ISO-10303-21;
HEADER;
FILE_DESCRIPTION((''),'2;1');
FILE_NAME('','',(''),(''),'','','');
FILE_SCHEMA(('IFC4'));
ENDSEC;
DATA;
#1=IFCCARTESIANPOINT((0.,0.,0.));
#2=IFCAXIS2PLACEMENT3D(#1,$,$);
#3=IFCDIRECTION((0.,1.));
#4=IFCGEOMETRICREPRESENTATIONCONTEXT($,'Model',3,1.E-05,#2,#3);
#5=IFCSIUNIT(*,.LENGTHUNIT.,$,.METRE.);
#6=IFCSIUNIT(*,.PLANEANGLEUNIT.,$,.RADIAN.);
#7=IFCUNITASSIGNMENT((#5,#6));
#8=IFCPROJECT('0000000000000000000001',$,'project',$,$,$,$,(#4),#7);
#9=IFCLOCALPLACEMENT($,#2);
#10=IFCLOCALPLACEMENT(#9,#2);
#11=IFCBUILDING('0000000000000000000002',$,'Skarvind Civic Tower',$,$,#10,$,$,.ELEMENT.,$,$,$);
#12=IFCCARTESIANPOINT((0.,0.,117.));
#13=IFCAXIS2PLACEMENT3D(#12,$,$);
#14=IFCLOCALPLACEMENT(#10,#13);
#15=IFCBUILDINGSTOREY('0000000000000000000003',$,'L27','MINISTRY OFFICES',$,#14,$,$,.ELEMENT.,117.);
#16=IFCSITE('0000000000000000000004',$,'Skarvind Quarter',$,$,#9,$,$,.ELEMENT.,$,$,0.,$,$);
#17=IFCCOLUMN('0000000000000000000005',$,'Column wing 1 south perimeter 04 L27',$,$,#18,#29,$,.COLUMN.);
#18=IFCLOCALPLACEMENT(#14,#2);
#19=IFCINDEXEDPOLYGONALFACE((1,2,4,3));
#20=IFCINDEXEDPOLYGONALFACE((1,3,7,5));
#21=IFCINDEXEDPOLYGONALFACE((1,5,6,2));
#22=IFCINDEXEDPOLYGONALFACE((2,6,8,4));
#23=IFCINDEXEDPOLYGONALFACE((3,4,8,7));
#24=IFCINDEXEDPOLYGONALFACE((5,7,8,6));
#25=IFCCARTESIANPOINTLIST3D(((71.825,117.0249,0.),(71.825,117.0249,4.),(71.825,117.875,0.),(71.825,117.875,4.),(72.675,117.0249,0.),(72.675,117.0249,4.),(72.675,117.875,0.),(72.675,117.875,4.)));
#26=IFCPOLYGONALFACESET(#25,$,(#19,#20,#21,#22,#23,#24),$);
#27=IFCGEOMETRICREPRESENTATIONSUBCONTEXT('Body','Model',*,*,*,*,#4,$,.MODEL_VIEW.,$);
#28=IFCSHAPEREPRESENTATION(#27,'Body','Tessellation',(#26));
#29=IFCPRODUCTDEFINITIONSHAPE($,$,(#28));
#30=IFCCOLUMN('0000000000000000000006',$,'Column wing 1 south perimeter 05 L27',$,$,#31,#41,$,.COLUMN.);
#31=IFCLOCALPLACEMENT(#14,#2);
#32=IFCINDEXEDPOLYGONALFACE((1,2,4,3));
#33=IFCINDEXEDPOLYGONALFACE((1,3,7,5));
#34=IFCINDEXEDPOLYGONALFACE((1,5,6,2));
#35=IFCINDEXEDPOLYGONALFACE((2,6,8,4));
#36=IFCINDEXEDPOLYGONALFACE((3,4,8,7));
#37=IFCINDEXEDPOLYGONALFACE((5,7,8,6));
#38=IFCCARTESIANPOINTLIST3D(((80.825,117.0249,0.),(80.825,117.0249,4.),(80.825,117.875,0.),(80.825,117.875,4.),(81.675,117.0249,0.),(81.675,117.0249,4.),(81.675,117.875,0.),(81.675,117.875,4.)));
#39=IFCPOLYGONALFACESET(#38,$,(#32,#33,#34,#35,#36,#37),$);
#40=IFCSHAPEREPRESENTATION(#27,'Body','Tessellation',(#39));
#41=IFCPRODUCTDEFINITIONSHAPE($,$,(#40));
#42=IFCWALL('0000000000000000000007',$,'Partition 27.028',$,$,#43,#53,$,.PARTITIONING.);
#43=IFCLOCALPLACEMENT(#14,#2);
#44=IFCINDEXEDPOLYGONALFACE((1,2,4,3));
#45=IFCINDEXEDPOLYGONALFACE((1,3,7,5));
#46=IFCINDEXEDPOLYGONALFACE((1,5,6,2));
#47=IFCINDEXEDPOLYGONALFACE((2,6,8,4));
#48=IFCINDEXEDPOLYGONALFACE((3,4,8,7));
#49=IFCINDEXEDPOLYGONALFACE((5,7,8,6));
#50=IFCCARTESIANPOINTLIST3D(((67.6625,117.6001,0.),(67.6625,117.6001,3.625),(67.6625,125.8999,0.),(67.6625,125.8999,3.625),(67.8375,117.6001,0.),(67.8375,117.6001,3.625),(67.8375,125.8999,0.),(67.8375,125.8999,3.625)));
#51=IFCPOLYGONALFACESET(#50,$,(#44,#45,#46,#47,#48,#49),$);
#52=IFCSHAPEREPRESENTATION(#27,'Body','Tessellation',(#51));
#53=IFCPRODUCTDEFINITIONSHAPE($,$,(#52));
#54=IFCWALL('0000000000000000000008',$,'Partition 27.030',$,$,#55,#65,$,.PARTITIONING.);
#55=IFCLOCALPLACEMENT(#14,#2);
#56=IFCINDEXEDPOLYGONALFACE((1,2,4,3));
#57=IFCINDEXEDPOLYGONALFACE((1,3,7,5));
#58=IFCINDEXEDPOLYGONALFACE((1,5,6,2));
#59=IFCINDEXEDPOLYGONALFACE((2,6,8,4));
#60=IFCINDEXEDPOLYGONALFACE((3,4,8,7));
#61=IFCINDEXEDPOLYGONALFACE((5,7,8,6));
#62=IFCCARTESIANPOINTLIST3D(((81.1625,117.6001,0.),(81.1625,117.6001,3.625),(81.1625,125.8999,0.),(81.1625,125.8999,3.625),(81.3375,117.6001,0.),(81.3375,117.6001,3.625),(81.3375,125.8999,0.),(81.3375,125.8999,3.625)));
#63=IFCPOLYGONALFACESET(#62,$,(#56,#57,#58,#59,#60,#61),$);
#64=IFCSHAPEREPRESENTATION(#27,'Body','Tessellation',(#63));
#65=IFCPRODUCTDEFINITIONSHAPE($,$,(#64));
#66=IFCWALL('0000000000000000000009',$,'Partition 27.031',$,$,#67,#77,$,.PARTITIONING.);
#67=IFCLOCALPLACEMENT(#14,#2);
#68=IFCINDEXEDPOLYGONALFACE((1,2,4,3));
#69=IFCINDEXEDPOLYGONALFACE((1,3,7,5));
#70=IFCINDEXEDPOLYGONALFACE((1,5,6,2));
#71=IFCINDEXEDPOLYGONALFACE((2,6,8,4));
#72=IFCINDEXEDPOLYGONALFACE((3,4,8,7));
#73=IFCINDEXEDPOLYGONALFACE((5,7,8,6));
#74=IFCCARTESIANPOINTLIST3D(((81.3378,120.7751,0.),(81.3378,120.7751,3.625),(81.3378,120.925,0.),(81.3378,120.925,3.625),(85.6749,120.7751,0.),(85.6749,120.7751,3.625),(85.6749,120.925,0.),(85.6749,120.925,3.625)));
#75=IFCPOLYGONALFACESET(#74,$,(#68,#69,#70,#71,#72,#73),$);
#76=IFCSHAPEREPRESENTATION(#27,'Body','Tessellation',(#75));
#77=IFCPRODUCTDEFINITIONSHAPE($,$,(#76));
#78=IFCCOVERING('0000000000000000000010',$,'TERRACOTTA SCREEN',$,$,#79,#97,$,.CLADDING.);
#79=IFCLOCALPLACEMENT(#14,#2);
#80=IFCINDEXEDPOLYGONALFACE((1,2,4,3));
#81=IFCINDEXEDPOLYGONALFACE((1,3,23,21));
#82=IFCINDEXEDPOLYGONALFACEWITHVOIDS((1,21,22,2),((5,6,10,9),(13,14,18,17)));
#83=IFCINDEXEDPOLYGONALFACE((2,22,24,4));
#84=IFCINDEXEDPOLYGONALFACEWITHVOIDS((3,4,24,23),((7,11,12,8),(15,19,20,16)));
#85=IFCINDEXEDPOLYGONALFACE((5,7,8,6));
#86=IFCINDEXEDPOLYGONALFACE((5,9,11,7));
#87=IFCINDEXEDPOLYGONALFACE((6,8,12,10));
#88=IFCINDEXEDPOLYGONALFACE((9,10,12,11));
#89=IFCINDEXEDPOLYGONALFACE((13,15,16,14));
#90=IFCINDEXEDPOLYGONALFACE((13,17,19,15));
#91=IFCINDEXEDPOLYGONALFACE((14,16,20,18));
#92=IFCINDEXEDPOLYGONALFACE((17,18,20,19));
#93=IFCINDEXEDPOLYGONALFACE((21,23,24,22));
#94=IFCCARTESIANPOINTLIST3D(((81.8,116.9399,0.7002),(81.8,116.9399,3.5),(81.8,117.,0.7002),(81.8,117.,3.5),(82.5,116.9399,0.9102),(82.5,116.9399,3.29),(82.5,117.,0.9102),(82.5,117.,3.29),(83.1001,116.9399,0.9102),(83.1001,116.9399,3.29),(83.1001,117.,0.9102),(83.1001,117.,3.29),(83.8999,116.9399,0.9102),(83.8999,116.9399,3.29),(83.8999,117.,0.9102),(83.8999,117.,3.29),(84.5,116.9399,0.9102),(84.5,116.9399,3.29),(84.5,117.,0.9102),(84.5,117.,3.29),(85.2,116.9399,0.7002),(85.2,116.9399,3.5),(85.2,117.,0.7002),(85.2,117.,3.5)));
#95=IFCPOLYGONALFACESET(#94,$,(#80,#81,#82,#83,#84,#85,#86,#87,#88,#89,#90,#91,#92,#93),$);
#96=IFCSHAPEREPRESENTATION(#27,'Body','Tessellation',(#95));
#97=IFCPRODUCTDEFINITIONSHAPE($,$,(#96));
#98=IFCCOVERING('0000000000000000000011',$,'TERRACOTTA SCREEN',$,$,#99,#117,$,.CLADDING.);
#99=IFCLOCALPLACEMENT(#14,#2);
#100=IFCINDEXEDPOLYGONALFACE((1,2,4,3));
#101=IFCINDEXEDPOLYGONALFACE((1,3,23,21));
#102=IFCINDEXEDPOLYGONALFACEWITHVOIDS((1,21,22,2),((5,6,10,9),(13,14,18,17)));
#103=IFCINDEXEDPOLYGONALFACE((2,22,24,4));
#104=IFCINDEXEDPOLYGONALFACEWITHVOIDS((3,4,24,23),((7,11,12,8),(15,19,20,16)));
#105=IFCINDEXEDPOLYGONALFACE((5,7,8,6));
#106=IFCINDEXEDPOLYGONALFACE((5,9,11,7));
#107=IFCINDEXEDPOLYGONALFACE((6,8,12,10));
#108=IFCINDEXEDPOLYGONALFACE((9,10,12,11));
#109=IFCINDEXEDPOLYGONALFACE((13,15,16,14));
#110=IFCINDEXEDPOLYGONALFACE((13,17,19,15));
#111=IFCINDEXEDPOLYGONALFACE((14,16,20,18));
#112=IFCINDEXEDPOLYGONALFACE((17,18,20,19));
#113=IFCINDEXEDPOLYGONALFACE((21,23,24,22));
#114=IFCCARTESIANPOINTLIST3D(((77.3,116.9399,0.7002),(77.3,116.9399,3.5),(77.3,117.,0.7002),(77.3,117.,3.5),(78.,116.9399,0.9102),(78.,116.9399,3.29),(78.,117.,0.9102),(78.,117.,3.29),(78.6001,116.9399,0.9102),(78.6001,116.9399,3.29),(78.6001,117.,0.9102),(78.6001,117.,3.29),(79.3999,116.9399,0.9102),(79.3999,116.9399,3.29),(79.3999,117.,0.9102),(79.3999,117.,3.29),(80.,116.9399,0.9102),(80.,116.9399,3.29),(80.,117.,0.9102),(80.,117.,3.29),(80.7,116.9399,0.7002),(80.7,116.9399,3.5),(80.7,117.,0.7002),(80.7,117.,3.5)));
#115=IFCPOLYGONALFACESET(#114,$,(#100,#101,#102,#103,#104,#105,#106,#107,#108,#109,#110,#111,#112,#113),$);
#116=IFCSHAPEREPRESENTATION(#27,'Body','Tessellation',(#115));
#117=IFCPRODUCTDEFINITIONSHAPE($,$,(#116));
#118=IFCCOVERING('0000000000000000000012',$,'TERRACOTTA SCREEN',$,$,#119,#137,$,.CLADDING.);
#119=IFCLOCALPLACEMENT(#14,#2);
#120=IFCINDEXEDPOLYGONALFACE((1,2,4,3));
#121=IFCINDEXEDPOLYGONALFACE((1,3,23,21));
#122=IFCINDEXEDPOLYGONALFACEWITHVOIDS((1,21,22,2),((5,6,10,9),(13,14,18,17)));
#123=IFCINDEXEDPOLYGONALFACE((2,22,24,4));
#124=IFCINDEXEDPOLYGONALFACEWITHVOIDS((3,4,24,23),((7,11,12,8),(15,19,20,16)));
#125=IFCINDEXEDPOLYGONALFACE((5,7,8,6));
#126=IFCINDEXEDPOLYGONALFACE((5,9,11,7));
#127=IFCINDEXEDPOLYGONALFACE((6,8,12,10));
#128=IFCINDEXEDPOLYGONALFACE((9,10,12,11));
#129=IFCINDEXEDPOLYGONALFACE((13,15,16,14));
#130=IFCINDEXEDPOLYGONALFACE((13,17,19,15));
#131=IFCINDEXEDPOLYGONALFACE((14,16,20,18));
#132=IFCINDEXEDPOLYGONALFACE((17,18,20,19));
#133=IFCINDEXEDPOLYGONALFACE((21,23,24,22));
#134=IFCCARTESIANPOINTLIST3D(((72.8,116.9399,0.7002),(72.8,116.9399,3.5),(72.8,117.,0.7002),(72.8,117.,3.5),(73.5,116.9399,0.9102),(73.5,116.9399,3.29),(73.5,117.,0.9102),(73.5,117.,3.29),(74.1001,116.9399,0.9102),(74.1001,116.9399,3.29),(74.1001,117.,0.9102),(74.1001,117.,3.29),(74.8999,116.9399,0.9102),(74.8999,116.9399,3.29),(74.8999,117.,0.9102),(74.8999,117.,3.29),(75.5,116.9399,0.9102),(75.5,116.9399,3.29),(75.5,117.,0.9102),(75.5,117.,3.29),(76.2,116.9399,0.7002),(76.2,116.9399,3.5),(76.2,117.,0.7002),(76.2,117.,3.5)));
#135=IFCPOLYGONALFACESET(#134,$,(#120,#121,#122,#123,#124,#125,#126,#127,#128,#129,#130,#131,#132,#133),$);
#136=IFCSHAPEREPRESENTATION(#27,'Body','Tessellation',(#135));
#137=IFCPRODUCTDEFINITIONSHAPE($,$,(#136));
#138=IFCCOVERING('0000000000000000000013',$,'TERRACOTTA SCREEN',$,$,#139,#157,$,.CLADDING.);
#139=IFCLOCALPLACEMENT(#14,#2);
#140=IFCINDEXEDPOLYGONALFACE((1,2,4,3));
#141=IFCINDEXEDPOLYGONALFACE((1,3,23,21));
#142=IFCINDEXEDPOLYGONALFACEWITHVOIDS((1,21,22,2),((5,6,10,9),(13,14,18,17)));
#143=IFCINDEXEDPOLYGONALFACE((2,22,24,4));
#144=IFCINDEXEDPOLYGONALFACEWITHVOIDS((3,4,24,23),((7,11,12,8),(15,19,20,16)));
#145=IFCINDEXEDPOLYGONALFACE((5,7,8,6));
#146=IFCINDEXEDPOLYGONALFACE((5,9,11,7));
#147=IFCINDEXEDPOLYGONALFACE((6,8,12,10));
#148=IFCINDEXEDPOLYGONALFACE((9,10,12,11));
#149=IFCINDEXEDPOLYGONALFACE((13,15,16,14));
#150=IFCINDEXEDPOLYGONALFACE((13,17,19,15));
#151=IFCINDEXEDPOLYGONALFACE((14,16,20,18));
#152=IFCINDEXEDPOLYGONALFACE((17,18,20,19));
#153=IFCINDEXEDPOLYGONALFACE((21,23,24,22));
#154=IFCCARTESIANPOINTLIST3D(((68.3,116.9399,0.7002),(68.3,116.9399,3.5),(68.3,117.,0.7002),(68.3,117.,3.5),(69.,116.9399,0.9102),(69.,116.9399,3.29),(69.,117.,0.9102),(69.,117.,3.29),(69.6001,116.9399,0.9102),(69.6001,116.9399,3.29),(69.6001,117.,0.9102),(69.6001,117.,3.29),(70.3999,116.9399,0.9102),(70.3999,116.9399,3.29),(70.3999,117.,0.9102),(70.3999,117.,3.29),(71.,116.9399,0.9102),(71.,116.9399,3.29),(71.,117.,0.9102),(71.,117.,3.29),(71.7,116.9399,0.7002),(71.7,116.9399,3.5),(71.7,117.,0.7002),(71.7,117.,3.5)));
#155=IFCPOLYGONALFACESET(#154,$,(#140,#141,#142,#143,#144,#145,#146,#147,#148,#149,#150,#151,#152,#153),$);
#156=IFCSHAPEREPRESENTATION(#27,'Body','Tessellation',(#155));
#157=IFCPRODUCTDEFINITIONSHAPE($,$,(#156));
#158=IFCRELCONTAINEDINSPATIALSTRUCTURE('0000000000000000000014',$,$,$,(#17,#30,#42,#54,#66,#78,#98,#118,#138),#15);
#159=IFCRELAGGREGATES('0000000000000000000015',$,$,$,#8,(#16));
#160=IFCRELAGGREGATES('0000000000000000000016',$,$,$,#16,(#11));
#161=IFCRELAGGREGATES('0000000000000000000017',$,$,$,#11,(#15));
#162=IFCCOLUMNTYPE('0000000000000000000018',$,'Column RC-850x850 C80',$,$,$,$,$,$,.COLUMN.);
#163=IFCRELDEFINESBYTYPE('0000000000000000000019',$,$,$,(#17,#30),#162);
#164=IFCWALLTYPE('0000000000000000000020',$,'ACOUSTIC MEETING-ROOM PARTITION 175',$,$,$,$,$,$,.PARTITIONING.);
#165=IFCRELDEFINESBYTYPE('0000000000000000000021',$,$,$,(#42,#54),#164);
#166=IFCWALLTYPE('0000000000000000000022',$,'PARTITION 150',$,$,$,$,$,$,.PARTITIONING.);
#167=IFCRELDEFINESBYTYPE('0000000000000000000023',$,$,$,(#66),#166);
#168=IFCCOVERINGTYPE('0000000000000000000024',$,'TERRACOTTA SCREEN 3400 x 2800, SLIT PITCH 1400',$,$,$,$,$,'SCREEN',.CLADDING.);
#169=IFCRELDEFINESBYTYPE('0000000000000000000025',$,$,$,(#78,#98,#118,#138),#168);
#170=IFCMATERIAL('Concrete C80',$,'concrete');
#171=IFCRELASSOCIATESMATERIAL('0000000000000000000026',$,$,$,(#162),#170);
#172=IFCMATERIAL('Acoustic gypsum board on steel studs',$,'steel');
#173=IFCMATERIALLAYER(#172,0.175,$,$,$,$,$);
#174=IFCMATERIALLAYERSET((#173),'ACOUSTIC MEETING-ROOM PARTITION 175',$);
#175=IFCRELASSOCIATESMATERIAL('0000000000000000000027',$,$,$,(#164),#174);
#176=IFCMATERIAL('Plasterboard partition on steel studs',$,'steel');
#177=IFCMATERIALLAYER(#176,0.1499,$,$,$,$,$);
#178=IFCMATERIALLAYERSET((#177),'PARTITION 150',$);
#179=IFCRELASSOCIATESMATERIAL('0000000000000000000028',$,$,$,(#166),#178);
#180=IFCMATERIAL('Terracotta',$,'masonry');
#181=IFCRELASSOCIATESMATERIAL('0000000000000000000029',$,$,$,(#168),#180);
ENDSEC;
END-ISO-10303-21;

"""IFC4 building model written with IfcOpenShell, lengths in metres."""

from ifc_helpers import new_model, si_unit, direction, frame, frame_2d, origin, origin_2d, place, context, subcontext, project, spatial, polyline, rectangle, outline, extrude, material, layer, layer_set, material_profile, profile_set, type_object, element, save


model = new_model("IFC4")

# Units and contexts
model_context = context("Model", 3, precision=1e-05, world=origin(), true_north=direction((0.0, 1.0)))
body_context = subcontext(model_context, "Body", "Model", "MODEL_VIEW")
ifc_project = project(units=[si_unit("LENGTHUNIT", "METRE"), si_unit("PLANEANGLEUNIT", "RADIAN")], contexts=[model_context])

# Site, building, storey
site_placement = place(None, origin())
site = spatial("IfcSite", under=ifc_project, at=site_placement, Name="Skarvind Quarter", CompositionType="ELEMENT", RefElevation=0.0)
building_placement = place(site_placement, origin())
building = spatial("IfcBuilding", under=site, at=building_placement, Name="Skarvind Civic Tower", CompositionType="ELEMENT")
storey_placement = place(building_placement, frame((0.0, 0.0, 117.0)))
storey = spatial("IfcBuildingStorey", under=building, at=storey_placement, Name="L27", Description="MINISTRY OFFICES", CompositionType="ELEMENT", Elevation=117.0)

# Columns
ifc_material_1 = material(Name="Concrete C80", Category="concrete")
ifc_material_profile_1 = material_profile(ifc_material_1, rectangle(XDim=0.8501, YDim=0.8501, at=origin_2d()), Name="RC-850x850")
ifc_profile_set_1 = profile_set([ifc_material_profile_1], Name="Concrete C80")
column_type = type_object("IfcColumnType", Name="Column RC-850x850 C80", PredefinedType="COLUMN", material=ifc_profile_set_1)
for number, where, z_axis, x_axis, name in (
    (1, (72.25, 117.45, 0.0), (0.0, 0.0, 1.0), (1.0, 0.0, 0.0), "Column wing 1 south perimeter 04 L27"),
    (2, (81.25, 117.45, 0.0), (0.0, 0.0, 1.0), (1.0, 0.0, 0.0), "Column wing 1 south perimeter 05 L27"),
):
    element("IfcColumn", number, at=place(storey_placement, frame(where, z_axis=z_axis, x_axis=x_axis)), inside=storey, type_object=column_type, Name=name, PredefinedType="COLUMN", context=body_context, shape_type="SweptSolid", body=[
        extrude(rectangle(XDim=0.8501, YDim=0.8501, at=origin_2d()), origin(), (0.0, 0.0, 1.0), 4.0),
    ])

# Walls
ifc_material_2 = material(Name="Acoustic gypsum board on steel studs", Category="steel")
ifc_layer_1 = layer(ifc_material_2, 0.175)
ifc_layer_set_1 = layer_set([ifc_layer_1], Name="ACOUSTIC MEETING-ROOM PARTITION 175")
wall_type_1 = type_object("IfcWallType", Name="ACOUSTIC MEETING-ROOM PARTITION 175", PredefinedType="PARTITIONING", material=ifc_layer_set_1)
for number, where, z_axis, x_axis, name in (
    (3, (67.75, 117.6001, 0.0), (0.0, 0.0, 1.0), (0.0, 1.0, 0.0), "Partition 27.028"),
    (4, (81.25, 117.6001, 0.0), (0.0, 0.0, 1.0), (0.0, 1.0, 0.0), "Partition 27.030"),
):
    element("IfcWall", number, at=place(storey_placement, frame(where, z_axis=z_axis, x_axis=x_axis)), inside=storey, type_object=wall_type_1, Name=name, PredefinedType="PARTITIONING", context=body_context, shape_type="SweptSolid", body=[
        extrude(rectangle(XDim=8.2998, YDim=0.175, at=frame_2d((4.1499, 0.0))), origin(), (0.0, 0.0, 1.0), 3.625),
    ])
ifc_material_3 = material(Name="Plasterboard partition on steel studs", Category="steel")
ifc_layer_2 = layer(ifc_material_3, 0.1499)
ifc_layer_set_2 = layer_set([ifc_layer_2], Name="PARTITION 150")
wall_type_2 = type_object("IfcWallType", Name="PARTITION 150", PredefinedType="PARTITIONING", material=ifc_layer_set_2)
wall_placement = place(storey_placement, frame((81.3379, 120.8501, 0.0), z_axis=(0.0, 0.0, 1.0), x_axis=(1.0, 0.0, 0.0)))
element("IfcWall", 5, at=wall_placement, inside=storey, type_object=wall_type_2, Name="Partition 27.031", PredefinedType="PARTITIONING", context=body_context, shape_type="SweptSolid", body=[
    extrude(rectangle(XDim=4.3372, YDim=0.1499, at=frame_2d((2.1685, 0.0))), origin(), (0.0, 0.0, 1.0), 3.625),
])

# Coverings
ifc_material_4 = material(Name="Terracotta", Category="masonry")
ifc_material_profile_2 = material_profile(ifc_material_4, outline(polyline([(-1.7, -1.3999), (1.7, -1.3999), (1.7, 1.3999), (-1.7, 1.3999), (-1.7, -1.3999)]), holes=[polyline([(-1.0, -1.1899), (-0.3999, -1.1899), (-0.3999, 1.1899), (-1.0, 1.1899), (-1.0, -1.1899)]), polyline([(0.3999, -1.1899), (1.0, -1.1899), (1.0, 1.1899), (0.3999, 1.1899), (0.3999, -1.1899)])]), Name="TERRACOTTA SCREEN 3400 x 2800, SLIT PITCH 1400")
ifc_profile_set_2 = profile_set([ifc_material_profile_2], Name="Terracotta")
covering_type = type_object("IfcCoveringType", Name="TERRACOTTA SCREEN 3400 x 2800, SLIT PITCH 1400", ElementType="SCREEN", PredefinedType="CLADDING", material=ifc_profile_set_2)
for number, where, z_axis, x_axis, name in (
    (6, (83.5, 117.0, 2.1001), (0.0, -1.0, 0.0), (1.0, 0.0, 0.0), "TERRACOTTA SCREEN"),
    (7, (79.0, 117.0, 2.1001), (0.0, -1.0, 0.0), (1.0, 0.0, 0.0), "TERRACOTTA SCREEN"),
    (8, (74.5, 117.0, 2.1001), (0.0, -1.0, 0.0), (1.0, 0.0, 0.0), "TERRACOTTA SCREEN"),
    (9, (70.0, 117.0, 2.1001), (0.0, -1.0, 0.0), (1.0, 0.0, 0.0), "TERRACOTTA SCREEN"),
):
    element("IfcCovering", number, at=place(storey_placement, frame(where, z_axis=z_axis, x_axis=x_axis)), inside=storey, type_object=covering_type, Name=name, PredefinedType="CLADDING", context=body_context, shape_type="SweptSolid", body=[
        extrude(outline(polyline([(-1.7, -1.3999), (1.7, -1.3999), (1.7, 1.3999), (-1.7, 1.3999), (-1.7, -1.3999)]), holes=[polyline([(-1.0, -1.1899), (-0.3999, -1.1899), (-0.3999, 1.1899), (-1.0, 1.1899), (-1.0, -1.1899)]), polyline([(0.3999, -1.1899), (1.0, -1.1899), (1.0, 1.1899), (0.3999, 1.1899), (0.3999, -1.1899)])]), origin(), (0.0, 0.0, 1.0), 0.0601),
    ])

save(model, "model.ifc")
